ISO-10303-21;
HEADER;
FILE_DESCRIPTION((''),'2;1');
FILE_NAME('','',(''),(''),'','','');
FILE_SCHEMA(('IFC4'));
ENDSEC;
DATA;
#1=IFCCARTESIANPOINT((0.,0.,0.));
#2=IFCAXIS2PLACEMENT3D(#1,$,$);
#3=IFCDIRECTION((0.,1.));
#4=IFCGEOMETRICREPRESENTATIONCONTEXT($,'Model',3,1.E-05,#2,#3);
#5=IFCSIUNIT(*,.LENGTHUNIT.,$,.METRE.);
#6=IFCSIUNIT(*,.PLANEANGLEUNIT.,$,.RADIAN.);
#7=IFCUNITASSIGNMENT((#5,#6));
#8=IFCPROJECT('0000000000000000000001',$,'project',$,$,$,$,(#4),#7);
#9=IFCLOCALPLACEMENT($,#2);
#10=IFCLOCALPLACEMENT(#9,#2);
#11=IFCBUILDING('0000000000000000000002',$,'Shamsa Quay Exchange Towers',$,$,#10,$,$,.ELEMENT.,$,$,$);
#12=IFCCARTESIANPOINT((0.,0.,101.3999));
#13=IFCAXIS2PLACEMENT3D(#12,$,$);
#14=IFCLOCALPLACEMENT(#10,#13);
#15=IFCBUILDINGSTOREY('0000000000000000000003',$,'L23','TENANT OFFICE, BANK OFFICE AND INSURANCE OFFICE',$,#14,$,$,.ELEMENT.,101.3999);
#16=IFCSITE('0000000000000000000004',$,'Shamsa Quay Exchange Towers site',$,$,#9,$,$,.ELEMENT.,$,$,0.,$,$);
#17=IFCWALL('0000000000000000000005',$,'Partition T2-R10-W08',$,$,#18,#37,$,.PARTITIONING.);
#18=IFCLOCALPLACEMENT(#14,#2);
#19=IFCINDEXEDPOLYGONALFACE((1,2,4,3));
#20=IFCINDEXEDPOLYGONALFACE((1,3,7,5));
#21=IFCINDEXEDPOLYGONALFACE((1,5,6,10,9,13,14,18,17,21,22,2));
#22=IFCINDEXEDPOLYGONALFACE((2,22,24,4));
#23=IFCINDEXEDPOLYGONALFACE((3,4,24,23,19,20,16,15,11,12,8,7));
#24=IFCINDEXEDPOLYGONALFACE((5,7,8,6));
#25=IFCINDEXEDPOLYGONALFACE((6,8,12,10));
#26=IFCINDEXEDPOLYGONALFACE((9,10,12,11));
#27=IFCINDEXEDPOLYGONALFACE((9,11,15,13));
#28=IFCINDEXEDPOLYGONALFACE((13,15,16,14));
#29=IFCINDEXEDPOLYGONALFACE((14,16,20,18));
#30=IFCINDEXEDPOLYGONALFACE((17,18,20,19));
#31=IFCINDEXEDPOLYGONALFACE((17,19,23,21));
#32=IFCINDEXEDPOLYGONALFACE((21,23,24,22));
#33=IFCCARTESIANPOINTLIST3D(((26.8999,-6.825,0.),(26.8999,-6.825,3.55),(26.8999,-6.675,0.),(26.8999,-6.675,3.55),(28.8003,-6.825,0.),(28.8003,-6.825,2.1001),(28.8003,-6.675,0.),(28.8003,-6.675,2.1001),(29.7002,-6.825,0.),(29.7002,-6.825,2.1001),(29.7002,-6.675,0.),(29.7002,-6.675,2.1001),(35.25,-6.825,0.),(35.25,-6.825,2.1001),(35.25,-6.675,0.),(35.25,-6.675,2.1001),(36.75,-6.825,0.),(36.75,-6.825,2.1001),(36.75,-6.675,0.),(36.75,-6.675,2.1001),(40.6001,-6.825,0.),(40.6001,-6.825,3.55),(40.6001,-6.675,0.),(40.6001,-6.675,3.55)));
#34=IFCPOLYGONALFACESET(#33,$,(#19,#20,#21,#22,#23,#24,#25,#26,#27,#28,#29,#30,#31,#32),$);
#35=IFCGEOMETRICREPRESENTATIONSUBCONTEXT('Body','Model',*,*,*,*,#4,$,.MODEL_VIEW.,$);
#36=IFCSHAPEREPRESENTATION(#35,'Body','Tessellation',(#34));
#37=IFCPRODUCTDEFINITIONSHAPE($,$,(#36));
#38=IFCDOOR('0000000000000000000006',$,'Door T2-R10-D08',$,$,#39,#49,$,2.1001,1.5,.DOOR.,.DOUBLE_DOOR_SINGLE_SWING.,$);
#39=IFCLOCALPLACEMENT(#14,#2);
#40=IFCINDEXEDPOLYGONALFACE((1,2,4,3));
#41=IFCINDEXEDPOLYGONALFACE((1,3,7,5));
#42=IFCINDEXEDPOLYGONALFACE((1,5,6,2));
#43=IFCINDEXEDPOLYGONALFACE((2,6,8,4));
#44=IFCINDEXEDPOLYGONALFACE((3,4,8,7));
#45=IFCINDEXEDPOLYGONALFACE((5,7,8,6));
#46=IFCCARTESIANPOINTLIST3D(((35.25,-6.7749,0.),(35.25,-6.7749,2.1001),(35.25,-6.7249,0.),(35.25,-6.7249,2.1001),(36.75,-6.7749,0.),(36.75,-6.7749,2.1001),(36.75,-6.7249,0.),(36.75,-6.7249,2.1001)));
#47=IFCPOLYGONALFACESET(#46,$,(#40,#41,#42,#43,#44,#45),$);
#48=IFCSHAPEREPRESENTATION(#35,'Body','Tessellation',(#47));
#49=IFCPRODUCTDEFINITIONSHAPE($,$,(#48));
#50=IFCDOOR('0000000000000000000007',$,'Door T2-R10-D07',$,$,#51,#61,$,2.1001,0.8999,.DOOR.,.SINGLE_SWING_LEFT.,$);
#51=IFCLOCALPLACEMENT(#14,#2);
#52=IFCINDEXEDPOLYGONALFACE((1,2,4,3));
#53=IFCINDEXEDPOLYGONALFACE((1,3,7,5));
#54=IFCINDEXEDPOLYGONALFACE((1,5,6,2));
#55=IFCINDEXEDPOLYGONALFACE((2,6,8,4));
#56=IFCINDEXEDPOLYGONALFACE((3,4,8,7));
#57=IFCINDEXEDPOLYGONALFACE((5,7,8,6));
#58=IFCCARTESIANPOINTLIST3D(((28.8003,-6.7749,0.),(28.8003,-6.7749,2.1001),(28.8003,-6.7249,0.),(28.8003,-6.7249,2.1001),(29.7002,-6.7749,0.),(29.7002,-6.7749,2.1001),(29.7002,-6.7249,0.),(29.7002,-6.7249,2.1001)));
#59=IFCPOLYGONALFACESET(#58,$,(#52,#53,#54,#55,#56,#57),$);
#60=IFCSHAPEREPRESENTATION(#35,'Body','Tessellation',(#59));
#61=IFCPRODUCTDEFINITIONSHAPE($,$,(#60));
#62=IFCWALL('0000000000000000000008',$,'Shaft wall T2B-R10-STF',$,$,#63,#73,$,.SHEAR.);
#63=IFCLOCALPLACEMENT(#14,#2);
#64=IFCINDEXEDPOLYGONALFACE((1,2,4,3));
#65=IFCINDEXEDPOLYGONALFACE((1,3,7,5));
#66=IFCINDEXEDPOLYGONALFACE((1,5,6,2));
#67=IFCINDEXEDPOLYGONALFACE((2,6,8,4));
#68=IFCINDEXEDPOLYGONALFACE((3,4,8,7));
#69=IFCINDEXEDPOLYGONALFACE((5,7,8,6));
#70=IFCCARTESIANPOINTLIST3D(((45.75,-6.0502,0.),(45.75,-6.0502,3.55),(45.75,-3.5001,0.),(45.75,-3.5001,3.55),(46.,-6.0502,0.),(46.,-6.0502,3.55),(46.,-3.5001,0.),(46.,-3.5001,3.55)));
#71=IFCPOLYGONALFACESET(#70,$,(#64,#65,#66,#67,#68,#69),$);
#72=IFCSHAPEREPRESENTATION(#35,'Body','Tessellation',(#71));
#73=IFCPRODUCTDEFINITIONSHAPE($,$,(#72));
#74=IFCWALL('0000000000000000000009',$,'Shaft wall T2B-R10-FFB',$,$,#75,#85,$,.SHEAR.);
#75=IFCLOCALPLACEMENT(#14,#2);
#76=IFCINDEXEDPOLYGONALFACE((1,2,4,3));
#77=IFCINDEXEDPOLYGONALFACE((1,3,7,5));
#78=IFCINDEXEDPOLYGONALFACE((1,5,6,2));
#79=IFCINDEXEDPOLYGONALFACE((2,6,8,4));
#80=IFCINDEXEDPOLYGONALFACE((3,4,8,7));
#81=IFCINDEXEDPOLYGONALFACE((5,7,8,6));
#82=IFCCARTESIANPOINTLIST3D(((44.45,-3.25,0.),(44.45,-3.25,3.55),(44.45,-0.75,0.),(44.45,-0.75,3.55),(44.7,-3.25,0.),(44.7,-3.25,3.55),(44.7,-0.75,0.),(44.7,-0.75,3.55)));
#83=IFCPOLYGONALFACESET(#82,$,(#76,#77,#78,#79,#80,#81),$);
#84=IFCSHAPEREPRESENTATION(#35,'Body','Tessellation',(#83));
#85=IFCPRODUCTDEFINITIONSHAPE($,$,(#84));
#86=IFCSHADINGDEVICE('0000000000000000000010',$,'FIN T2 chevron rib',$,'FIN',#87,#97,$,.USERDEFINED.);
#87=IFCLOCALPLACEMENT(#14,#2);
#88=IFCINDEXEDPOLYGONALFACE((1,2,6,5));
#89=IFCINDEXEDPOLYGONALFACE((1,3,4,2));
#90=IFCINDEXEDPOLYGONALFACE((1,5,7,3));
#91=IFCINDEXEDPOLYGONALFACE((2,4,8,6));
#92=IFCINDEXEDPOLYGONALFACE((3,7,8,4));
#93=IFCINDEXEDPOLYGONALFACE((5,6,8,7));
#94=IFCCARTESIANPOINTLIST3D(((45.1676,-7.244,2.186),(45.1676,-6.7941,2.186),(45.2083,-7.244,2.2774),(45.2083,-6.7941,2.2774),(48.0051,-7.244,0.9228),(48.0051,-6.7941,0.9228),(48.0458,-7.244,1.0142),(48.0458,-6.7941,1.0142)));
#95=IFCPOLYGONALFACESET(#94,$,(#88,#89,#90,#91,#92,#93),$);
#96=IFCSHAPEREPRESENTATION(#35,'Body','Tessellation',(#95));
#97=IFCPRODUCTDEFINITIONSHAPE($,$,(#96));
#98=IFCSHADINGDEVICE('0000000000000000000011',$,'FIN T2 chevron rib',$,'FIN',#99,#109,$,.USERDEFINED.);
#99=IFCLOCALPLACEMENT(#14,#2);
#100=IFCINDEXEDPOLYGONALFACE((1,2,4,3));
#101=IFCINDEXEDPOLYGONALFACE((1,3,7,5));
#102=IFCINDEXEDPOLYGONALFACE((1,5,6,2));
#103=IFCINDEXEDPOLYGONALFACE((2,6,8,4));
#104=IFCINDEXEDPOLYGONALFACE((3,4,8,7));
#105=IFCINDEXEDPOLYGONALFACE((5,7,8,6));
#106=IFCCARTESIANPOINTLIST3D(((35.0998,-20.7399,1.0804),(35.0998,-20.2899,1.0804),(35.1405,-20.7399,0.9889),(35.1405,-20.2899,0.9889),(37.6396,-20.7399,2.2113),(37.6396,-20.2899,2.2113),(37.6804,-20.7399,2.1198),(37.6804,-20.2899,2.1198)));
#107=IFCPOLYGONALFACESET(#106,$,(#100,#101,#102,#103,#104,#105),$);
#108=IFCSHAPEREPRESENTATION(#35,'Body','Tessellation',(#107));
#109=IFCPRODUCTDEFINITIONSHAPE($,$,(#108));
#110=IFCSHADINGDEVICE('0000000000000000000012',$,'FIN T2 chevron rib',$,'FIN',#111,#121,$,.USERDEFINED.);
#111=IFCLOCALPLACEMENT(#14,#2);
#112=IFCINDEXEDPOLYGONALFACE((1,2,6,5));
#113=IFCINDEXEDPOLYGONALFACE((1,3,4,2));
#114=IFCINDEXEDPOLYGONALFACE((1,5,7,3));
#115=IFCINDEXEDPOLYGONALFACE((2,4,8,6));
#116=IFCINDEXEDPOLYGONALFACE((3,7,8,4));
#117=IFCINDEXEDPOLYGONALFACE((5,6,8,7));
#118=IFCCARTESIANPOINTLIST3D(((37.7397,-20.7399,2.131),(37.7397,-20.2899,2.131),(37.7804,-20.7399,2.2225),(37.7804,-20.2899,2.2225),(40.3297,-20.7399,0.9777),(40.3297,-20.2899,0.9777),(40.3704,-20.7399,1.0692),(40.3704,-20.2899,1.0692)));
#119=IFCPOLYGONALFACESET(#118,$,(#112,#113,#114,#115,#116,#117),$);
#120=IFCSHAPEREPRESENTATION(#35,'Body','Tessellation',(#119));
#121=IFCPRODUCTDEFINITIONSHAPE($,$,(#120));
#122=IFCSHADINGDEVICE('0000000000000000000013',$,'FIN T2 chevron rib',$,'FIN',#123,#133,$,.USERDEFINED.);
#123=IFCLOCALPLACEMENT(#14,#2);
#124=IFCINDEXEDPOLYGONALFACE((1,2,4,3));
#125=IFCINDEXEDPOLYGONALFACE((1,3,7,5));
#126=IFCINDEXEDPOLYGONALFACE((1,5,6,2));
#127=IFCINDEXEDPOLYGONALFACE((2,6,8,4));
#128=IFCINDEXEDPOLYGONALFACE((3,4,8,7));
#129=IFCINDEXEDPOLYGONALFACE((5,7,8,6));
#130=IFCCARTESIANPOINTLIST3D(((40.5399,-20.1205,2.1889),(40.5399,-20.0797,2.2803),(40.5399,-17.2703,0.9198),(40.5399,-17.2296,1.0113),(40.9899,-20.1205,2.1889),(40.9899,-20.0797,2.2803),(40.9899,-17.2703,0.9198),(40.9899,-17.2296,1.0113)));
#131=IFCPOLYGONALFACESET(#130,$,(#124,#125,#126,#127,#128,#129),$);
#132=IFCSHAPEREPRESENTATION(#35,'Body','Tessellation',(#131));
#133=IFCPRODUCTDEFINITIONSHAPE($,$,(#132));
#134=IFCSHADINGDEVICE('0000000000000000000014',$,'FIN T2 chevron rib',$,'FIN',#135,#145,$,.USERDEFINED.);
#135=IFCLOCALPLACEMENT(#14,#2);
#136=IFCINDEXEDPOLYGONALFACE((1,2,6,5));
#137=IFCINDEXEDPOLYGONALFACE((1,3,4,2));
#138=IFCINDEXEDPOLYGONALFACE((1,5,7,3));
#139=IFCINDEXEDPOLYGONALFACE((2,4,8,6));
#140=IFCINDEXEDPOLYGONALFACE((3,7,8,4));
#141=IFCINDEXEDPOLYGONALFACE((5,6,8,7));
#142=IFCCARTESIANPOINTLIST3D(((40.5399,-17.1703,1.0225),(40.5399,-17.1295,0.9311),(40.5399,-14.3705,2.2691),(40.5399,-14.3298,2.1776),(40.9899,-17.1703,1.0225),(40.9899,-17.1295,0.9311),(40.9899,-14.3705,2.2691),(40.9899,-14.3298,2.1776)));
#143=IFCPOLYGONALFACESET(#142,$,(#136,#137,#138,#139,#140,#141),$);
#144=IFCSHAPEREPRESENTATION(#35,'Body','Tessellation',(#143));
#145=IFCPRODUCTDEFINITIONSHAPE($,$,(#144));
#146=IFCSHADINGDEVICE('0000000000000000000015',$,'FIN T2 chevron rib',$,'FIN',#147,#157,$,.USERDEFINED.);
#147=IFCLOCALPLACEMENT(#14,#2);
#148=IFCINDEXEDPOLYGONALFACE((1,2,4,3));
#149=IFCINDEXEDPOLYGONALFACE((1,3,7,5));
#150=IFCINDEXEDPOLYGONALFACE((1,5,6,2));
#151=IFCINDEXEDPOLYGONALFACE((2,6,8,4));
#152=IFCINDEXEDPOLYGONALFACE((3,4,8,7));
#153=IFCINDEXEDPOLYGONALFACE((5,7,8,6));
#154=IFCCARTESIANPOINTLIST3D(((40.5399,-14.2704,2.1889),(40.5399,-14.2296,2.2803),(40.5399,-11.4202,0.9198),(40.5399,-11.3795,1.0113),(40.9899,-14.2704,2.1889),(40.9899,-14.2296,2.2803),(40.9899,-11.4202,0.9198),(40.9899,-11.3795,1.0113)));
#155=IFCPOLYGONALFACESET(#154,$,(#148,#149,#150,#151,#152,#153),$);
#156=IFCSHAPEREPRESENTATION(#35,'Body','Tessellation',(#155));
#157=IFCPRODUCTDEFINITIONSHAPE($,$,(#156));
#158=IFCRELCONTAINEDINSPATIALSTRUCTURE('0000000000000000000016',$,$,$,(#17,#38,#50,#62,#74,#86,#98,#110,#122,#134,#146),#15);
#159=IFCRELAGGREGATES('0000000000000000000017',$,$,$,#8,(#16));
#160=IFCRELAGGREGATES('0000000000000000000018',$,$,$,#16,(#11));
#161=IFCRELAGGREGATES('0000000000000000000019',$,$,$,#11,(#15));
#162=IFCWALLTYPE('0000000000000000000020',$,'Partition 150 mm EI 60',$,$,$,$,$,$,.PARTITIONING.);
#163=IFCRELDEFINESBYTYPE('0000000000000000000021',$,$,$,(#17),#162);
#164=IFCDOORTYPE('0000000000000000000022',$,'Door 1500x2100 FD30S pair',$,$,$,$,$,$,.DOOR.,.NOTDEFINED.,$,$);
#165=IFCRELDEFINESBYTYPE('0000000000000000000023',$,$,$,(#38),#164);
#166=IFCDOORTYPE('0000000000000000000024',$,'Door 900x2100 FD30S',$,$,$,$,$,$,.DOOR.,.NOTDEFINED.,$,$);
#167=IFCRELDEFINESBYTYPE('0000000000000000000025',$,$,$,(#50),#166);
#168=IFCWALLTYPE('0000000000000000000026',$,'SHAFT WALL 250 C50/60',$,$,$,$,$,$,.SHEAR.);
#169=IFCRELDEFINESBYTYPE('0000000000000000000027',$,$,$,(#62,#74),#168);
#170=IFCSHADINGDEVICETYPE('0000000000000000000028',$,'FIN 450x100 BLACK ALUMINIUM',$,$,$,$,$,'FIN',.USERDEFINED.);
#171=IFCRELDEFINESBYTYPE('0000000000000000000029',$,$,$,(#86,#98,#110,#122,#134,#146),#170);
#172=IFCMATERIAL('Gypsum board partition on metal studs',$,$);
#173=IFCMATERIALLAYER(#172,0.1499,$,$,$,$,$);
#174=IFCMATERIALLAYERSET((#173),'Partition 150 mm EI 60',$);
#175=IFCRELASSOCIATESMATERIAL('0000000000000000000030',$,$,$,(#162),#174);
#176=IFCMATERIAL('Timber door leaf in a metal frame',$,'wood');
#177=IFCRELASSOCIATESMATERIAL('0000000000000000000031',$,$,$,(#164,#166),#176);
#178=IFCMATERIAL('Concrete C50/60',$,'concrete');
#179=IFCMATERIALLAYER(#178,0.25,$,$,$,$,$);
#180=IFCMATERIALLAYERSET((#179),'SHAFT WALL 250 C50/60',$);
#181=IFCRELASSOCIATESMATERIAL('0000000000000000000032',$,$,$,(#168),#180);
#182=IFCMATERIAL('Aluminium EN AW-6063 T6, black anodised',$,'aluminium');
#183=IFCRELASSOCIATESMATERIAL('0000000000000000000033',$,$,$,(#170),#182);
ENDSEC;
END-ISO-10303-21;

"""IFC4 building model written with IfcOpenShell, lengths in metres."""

from ifc_helpers import new_model, si_unit, direction, frame, frame_2d, origin, origin_2d, place, context, subcontext, project, spatial, rectangle, extrude, material, layer, layer_set, material_profile, profile_set, type_object, element, fill, save


model = new_model("IFC4")

# Units and contexts
model_context = context("Model", 3, precision=1e-05, world=origin(), true_north=direction((0.0, 1.0)))
body_context = subcontext(model_context, "Body", "Model", "MODEL_VIEW")
ifc_project = project(units=[si_unit("LENGTHUNIT", "METRE"), si_unit("PLANEANGLEUNIT", "RADIAN")], contexts=[model_context])

# Site, building, storey
site_placement = place(None, origin())
site = spatial("IfcSite", under=ifc_project, at=site_placement, Name="Shamsa Quay Exchange Towers site", CompositionType="ELEMENT", RefElevation=0.0)
building_placement = place(site_placement, origin())
building = spatial("IfcBuilding", under=site, at=building_placement, Name="Shamsa Quay Exchange Towers", CompositionType="ELEMENT")
storey_placement = place(building_placement, frame((0.0, 0.0, 101.3999)))
storey = spatial("IfcBuildingStorey", under=building, at=storey_placement, Name="L23", Description="TENANT OFFICE, BANK OFFICE AND INSURANCE OFFICE", CompositionType="ELEMENT", Elevation=101.3999)

# Shared definitions
ifc_material_1 = material(Name="Aluminium EN AW-6063 T6, black anodised", Category="aluminium")

# Wall, openings, doors
ifc_material_2 = material(Name="Gypsum board partition on metal studs")
ifc_layer_1 = layer(ifc_material_2, 0.1499)
ifc_layer_set_1 = layer_set([ifc_layer_1], Name="Partition 150 mm EI 60")
wall_type_1 = type_object("IfcWallType", Name="Partition 150 mm EI 60", PredefinedType="PARTITIONING", material=ifc_layer_set_1)
wall_1_placement = place(storey_placement, frame((40.6001, -6.75, 0.0), z_axis=(0.0, 0.0, 1.0), x_axis=(-1.0, 0.0, 0.0)))
wall_1 = element("IfcWall", 1, at=wall_1_placement, inside=storey, type_object=wall_type_1, Name="Partition T2-R10-W08", PredefinedType="PARTITIONING", context=body_context, shape_type="SweptSolid", body=[
    extrude(rectangle(XDim=13.7002, YDim=0.1499, at=frame_2d((6.8501, 0.0))), origin(), (0.0, 0.0, 1.0), 3.55),
])
opening_1_placement = place(wall_1_placement, frame((10.8999, 0.0, 0.0)))
opening_1 = element("IfcOpeningElement", 2, at=opening_1_placement, cuts=wall_1, PredefinedType="OPENING", context=body_context, shape_type="SweptSolid", body=[
    extrude(rectangle(XDim=0.8999, YDim=2.1001, at=frame_2d((0.45, 1.05))), frame((0.0, 0.085, 0.0), z_axis=(0.0, -1.0, 0.0), x_axis=(1.0, 0.0, 0.0)), (0.0, 0.0, 1.0), 0.1699),
])
opening_2_placement = place(wall_1_placement, frame((3.8501, 0.0, 0.0)))
opening_2 = element("IfcOpeningElement", 3, at=opening_2_placement, cuts=wall_1, PredefinedType="OPENING", context=body_context, shape_type="SweptSolid", body=[
    extrude(rectangle(XDim=1.5, YDim=2.1001, at=frame_2d((0.75, 1.05))), frame((0.0, 0.085, 0.0), z_axis=(0.0, -1.0, 0.0), x_axis=(1.0, 0.0, 0.0)), (0.0, 0.0, 1.0), 0.1699),
])
ifc_material_3 = material(Name="Timber door leaf in a metal frame", Category="wood")
door_type_1 = type_object("IfcDoorType", Name="Door 1500x2100 FD30S pair", OperationType="NOTDEFINED", PredefinedType="DOOR", material=ifc_material_3)
door_1_placement = place(opening_2_placement, origin())
door_1 = element("IfcDoor", 4, at=door_1_placement, inside=storey, type_object=door_type_1, Name="Door T2-R10-D08", OperationType="DOUBLE_DOOR_SINGLE_SWING", OverallHeight=2.1001, OverallWidth=1.5, PredefinedType="DOOR", context=body_context, shape_type="SweptSolid", body=[
    extrude(rectangle(XDim=1.5, YDim=2.1001, at=frame_2d((0.75, 1.05))), frame((0.0, 0.0249, 0.0), z_axis=(0.0, -1.0, 0.0), x_axis=(1.0, 0.0, 0.0)), (0.0, 0.0, 1.0), 0.05),
])
fill(opening_2, door_1)
door_type_2 = type_object("IfcDoorType", Name="Door 900x2100 FD30S", OperationType="NOTDEFINED", PredefinedType="DOOR", material=ifc_material_3)
door_2_placement = place(opening_1_placement, origin())
door_2 = element("IfcDoor", 5, at=door_2_placement, inside=storey, type_object=door_type_2, Name="Door T2-R10-D07", OperationType="SINGLE_SWING_LEFT", OverallHeight=2.1001, OverallWidth=0.8999, PredefinedType="DOOR", context=body_context, shape_type="SweptSolid", body=[
    extrude(rectangle(XDim=0.8999, YDim=2.1001, at=frame_2d((0.45, 1.05))), frame((0.0, 0.0249, 0.0), z_axis=(0.0, -1.0, 0.0), x_axis=(1.0, 0.0, 0.0)), (0.0, 0.0, 1.0), 0.05),
])
fill(opening_1, door_2)

# Walls
ifc_material_4 = material(Name="Concrete C50/60", Category="concrete")
ifc_layer_2 = layer(ifc_material_4, 0.25)
ifc_layer_set_2 = layer_set([ifc_layer_2], Name="SHAFT WALL 250 C50/60")
wall_type_2 = type_object("IfcWallType", Name="SHAFT WALL 250 C50/60", PredefinedType="SHEAR", material=ifc_layer_set_2)
wall_2_placement = place(storey_placement, frame((45.875, -6.05, 0.0), z_axis=(0.0, 0.0, 1.0), x_axis=(0.0, 1.0, 0.0)))
element("IfcWall", 6, at=wall_2_placement, inside=storey, type_object=wall_type_2, Name="Shaft wall T2B-R10-STF", PredefinedType="SHEAR", context=body_context, shape_type="SweptSolid", body=[
    extrude(rectangle(XDim=2.55, YDim=0.25, at=frame_2d((1.2749, 0.0))), origin(), (0.0, 0.0, 1.0), 3.55),
])
wall_3_placement = place(storey_placement, frame((44.575, -3.25, 0.0), z_axis=(0.0, 0.0, 1.0), x_axis=(0.0, 1.0, 0.0)))
element("IfcWall", 7, at=wall_3_placement, inside=storey, type_object=wall_type_2, Name="Shaft wall T2B-R10-FFB", PredefinedType="SHEAR", context=body_context, shape_type="SweptSolid", body=[
    extrude(rectangle(XDim=2.5, YDim=0.25, at=frame_2d((1.25, 0.0))), origin(), (0.0, 0.0, 1.0), 3.55),
])

# Shading devices
ifc_material_profile_1 = material_profile(ifc_material_1, rectangle(XDim=0.45, YDim=0.1001, at=origin_2d()), Name="FIN450x100")
ifc_profile_set_1 = profile_set([ifc_material_profile_1], Name="Aluminium EN AW-6063 T6, black anodised")
shading_device_type = type_object("IfcShadingDeviceType", Name="FIN 450x100 BLACK ALUMINIUM", ElementType="FIN", PredefinedType="USERDEFINED", material=ifc_profile_set_1)
shading_device_1_placement = place(storey_placement, frame((45.188, -7.019, 2.2317), z_axis=(0.913559, 0.0, -0.406707), x_axis=(0.0, 1.0, 0.0)))
element("IfcShadingDevice", 8, at=shading_device_1_placement, inside=storey, type_object=shading_device_type, Name="FIN T2 chevron rib", ObjectType="FIN", PredefinedType="USERDEFINED", context=body_context, shape_type="SweptSolid", body=[
    extrude(rectangle(XDim=0.45, YDim=0.1001, at=origin_2d()), origin(), (0.0, 0.0, 1.0), 3.106),
])
shading_device_2_placement = place(storey_placement, frame((35.1201, -20.5149, 1.0347), z_axis=(0.913536, 0.0, 0.406758), x_axis=(0.0, 1.0, 0.0)))
element("IfcShadingDevice", 9, at=shading_device_2_placement, inside=storey, type_object=shading_device_type, Name="FIN T2 chevron rib", ObjectType="FIN", PredefinedType="USERDEFINED", context=body_context, shape_type="SweptSolid", body=[
    extrude(rectangle(XDim=0.45, YDim=0.1001, at=origin_2d()), origin(), (0.0, 0.0, 1.0), 2.7803),
])
shading_device_3_placement = place(storey_placement, frame((37.76, -20.5149, 2.1768), z_axis=(0.913527, 0.0, -0.406778), x_axis=(0.0, 1.0, 0.0)))
element("IfcShadingDevice", 10, at=shading_device_3_placement, inside=storey, type_object=shading_device_type, Name="FIN T2 chevron rib", ObjectType="FIN", PredefinedType="USERDEFINED", context=body_context, shape_type="SweptSolid", body=[
    extrude(rectangle(XDim=0.45, YDim=0.1001, at=origin_2d()), origin(), (0.0, 0.0, 1.0), 2.8352),
])
shading_device_4_placement = place(storey_placement, frame((40.7649, -20.1001, 2.2346), z_axis=(0.0, 0.913534, -0.406763), x_axis=(-1.0, 0.0, 0.0)))
element("IfcShadingDevice", 11, at=shading_device_4_placement, inside=storey, type_object=shading_device_type, Name="FIN T2 chevron rib", ObjectType="FIN", PredefinedType="USERDEFINED", context=body_context, shape_type="SweptSolid", body=[
    extrude(rectangle(XDim=0.45, YDim=0.1001, at=origin_2d()), origin(), (0.0, 0.0, 1.0), 3.1199),
])
shading_device_5_placement = place(storey_placement, frame((40.7649, -17.1499, 0.9768), z_axis=(0.0, 0.913542, 0.406744), x_axis=(-1.0, 0.0, 0.0)))
element("IfcShadingDevice", 12, at=shading_device_5_placement, inside=storey, type_object=shading_device_type, Name="FIN T2 chevron rib", ObjectType="FIN", PredefinedType="USERDEFINED", context=body_context, shape_type="SweptSolid", body=[
    extrude(rectangle(XDim=0.45, YDim=0.1001, at=origin_2d()), origin(), (0.0, 0.0, 1.0), 3.0647),
])
shading_device_6_placement = place(storey_placement, frame((40.7649, -14.25, 2.2346), z_axis=(0.0, 0.913534, -0.406763), x_axis=(-1.0, 0.0, 0.0)))
element("IfcShadingDevice", 13, at=shading_device_6_placement, inside=storey, type_object=shading_device_type, Name="FIN T2 chevron rib", ObjectType="FIN", PredefinedType="USERDEFINED", context=body_context, shape_type="SweptSolid", body=[
    extrude(rectangle(XDim=0.45, YDim=0.1001, at=origin_2d()), origin(), (0.0, 0.0, 1.0), 3.1199),
])

save(model, "model.ifc")
